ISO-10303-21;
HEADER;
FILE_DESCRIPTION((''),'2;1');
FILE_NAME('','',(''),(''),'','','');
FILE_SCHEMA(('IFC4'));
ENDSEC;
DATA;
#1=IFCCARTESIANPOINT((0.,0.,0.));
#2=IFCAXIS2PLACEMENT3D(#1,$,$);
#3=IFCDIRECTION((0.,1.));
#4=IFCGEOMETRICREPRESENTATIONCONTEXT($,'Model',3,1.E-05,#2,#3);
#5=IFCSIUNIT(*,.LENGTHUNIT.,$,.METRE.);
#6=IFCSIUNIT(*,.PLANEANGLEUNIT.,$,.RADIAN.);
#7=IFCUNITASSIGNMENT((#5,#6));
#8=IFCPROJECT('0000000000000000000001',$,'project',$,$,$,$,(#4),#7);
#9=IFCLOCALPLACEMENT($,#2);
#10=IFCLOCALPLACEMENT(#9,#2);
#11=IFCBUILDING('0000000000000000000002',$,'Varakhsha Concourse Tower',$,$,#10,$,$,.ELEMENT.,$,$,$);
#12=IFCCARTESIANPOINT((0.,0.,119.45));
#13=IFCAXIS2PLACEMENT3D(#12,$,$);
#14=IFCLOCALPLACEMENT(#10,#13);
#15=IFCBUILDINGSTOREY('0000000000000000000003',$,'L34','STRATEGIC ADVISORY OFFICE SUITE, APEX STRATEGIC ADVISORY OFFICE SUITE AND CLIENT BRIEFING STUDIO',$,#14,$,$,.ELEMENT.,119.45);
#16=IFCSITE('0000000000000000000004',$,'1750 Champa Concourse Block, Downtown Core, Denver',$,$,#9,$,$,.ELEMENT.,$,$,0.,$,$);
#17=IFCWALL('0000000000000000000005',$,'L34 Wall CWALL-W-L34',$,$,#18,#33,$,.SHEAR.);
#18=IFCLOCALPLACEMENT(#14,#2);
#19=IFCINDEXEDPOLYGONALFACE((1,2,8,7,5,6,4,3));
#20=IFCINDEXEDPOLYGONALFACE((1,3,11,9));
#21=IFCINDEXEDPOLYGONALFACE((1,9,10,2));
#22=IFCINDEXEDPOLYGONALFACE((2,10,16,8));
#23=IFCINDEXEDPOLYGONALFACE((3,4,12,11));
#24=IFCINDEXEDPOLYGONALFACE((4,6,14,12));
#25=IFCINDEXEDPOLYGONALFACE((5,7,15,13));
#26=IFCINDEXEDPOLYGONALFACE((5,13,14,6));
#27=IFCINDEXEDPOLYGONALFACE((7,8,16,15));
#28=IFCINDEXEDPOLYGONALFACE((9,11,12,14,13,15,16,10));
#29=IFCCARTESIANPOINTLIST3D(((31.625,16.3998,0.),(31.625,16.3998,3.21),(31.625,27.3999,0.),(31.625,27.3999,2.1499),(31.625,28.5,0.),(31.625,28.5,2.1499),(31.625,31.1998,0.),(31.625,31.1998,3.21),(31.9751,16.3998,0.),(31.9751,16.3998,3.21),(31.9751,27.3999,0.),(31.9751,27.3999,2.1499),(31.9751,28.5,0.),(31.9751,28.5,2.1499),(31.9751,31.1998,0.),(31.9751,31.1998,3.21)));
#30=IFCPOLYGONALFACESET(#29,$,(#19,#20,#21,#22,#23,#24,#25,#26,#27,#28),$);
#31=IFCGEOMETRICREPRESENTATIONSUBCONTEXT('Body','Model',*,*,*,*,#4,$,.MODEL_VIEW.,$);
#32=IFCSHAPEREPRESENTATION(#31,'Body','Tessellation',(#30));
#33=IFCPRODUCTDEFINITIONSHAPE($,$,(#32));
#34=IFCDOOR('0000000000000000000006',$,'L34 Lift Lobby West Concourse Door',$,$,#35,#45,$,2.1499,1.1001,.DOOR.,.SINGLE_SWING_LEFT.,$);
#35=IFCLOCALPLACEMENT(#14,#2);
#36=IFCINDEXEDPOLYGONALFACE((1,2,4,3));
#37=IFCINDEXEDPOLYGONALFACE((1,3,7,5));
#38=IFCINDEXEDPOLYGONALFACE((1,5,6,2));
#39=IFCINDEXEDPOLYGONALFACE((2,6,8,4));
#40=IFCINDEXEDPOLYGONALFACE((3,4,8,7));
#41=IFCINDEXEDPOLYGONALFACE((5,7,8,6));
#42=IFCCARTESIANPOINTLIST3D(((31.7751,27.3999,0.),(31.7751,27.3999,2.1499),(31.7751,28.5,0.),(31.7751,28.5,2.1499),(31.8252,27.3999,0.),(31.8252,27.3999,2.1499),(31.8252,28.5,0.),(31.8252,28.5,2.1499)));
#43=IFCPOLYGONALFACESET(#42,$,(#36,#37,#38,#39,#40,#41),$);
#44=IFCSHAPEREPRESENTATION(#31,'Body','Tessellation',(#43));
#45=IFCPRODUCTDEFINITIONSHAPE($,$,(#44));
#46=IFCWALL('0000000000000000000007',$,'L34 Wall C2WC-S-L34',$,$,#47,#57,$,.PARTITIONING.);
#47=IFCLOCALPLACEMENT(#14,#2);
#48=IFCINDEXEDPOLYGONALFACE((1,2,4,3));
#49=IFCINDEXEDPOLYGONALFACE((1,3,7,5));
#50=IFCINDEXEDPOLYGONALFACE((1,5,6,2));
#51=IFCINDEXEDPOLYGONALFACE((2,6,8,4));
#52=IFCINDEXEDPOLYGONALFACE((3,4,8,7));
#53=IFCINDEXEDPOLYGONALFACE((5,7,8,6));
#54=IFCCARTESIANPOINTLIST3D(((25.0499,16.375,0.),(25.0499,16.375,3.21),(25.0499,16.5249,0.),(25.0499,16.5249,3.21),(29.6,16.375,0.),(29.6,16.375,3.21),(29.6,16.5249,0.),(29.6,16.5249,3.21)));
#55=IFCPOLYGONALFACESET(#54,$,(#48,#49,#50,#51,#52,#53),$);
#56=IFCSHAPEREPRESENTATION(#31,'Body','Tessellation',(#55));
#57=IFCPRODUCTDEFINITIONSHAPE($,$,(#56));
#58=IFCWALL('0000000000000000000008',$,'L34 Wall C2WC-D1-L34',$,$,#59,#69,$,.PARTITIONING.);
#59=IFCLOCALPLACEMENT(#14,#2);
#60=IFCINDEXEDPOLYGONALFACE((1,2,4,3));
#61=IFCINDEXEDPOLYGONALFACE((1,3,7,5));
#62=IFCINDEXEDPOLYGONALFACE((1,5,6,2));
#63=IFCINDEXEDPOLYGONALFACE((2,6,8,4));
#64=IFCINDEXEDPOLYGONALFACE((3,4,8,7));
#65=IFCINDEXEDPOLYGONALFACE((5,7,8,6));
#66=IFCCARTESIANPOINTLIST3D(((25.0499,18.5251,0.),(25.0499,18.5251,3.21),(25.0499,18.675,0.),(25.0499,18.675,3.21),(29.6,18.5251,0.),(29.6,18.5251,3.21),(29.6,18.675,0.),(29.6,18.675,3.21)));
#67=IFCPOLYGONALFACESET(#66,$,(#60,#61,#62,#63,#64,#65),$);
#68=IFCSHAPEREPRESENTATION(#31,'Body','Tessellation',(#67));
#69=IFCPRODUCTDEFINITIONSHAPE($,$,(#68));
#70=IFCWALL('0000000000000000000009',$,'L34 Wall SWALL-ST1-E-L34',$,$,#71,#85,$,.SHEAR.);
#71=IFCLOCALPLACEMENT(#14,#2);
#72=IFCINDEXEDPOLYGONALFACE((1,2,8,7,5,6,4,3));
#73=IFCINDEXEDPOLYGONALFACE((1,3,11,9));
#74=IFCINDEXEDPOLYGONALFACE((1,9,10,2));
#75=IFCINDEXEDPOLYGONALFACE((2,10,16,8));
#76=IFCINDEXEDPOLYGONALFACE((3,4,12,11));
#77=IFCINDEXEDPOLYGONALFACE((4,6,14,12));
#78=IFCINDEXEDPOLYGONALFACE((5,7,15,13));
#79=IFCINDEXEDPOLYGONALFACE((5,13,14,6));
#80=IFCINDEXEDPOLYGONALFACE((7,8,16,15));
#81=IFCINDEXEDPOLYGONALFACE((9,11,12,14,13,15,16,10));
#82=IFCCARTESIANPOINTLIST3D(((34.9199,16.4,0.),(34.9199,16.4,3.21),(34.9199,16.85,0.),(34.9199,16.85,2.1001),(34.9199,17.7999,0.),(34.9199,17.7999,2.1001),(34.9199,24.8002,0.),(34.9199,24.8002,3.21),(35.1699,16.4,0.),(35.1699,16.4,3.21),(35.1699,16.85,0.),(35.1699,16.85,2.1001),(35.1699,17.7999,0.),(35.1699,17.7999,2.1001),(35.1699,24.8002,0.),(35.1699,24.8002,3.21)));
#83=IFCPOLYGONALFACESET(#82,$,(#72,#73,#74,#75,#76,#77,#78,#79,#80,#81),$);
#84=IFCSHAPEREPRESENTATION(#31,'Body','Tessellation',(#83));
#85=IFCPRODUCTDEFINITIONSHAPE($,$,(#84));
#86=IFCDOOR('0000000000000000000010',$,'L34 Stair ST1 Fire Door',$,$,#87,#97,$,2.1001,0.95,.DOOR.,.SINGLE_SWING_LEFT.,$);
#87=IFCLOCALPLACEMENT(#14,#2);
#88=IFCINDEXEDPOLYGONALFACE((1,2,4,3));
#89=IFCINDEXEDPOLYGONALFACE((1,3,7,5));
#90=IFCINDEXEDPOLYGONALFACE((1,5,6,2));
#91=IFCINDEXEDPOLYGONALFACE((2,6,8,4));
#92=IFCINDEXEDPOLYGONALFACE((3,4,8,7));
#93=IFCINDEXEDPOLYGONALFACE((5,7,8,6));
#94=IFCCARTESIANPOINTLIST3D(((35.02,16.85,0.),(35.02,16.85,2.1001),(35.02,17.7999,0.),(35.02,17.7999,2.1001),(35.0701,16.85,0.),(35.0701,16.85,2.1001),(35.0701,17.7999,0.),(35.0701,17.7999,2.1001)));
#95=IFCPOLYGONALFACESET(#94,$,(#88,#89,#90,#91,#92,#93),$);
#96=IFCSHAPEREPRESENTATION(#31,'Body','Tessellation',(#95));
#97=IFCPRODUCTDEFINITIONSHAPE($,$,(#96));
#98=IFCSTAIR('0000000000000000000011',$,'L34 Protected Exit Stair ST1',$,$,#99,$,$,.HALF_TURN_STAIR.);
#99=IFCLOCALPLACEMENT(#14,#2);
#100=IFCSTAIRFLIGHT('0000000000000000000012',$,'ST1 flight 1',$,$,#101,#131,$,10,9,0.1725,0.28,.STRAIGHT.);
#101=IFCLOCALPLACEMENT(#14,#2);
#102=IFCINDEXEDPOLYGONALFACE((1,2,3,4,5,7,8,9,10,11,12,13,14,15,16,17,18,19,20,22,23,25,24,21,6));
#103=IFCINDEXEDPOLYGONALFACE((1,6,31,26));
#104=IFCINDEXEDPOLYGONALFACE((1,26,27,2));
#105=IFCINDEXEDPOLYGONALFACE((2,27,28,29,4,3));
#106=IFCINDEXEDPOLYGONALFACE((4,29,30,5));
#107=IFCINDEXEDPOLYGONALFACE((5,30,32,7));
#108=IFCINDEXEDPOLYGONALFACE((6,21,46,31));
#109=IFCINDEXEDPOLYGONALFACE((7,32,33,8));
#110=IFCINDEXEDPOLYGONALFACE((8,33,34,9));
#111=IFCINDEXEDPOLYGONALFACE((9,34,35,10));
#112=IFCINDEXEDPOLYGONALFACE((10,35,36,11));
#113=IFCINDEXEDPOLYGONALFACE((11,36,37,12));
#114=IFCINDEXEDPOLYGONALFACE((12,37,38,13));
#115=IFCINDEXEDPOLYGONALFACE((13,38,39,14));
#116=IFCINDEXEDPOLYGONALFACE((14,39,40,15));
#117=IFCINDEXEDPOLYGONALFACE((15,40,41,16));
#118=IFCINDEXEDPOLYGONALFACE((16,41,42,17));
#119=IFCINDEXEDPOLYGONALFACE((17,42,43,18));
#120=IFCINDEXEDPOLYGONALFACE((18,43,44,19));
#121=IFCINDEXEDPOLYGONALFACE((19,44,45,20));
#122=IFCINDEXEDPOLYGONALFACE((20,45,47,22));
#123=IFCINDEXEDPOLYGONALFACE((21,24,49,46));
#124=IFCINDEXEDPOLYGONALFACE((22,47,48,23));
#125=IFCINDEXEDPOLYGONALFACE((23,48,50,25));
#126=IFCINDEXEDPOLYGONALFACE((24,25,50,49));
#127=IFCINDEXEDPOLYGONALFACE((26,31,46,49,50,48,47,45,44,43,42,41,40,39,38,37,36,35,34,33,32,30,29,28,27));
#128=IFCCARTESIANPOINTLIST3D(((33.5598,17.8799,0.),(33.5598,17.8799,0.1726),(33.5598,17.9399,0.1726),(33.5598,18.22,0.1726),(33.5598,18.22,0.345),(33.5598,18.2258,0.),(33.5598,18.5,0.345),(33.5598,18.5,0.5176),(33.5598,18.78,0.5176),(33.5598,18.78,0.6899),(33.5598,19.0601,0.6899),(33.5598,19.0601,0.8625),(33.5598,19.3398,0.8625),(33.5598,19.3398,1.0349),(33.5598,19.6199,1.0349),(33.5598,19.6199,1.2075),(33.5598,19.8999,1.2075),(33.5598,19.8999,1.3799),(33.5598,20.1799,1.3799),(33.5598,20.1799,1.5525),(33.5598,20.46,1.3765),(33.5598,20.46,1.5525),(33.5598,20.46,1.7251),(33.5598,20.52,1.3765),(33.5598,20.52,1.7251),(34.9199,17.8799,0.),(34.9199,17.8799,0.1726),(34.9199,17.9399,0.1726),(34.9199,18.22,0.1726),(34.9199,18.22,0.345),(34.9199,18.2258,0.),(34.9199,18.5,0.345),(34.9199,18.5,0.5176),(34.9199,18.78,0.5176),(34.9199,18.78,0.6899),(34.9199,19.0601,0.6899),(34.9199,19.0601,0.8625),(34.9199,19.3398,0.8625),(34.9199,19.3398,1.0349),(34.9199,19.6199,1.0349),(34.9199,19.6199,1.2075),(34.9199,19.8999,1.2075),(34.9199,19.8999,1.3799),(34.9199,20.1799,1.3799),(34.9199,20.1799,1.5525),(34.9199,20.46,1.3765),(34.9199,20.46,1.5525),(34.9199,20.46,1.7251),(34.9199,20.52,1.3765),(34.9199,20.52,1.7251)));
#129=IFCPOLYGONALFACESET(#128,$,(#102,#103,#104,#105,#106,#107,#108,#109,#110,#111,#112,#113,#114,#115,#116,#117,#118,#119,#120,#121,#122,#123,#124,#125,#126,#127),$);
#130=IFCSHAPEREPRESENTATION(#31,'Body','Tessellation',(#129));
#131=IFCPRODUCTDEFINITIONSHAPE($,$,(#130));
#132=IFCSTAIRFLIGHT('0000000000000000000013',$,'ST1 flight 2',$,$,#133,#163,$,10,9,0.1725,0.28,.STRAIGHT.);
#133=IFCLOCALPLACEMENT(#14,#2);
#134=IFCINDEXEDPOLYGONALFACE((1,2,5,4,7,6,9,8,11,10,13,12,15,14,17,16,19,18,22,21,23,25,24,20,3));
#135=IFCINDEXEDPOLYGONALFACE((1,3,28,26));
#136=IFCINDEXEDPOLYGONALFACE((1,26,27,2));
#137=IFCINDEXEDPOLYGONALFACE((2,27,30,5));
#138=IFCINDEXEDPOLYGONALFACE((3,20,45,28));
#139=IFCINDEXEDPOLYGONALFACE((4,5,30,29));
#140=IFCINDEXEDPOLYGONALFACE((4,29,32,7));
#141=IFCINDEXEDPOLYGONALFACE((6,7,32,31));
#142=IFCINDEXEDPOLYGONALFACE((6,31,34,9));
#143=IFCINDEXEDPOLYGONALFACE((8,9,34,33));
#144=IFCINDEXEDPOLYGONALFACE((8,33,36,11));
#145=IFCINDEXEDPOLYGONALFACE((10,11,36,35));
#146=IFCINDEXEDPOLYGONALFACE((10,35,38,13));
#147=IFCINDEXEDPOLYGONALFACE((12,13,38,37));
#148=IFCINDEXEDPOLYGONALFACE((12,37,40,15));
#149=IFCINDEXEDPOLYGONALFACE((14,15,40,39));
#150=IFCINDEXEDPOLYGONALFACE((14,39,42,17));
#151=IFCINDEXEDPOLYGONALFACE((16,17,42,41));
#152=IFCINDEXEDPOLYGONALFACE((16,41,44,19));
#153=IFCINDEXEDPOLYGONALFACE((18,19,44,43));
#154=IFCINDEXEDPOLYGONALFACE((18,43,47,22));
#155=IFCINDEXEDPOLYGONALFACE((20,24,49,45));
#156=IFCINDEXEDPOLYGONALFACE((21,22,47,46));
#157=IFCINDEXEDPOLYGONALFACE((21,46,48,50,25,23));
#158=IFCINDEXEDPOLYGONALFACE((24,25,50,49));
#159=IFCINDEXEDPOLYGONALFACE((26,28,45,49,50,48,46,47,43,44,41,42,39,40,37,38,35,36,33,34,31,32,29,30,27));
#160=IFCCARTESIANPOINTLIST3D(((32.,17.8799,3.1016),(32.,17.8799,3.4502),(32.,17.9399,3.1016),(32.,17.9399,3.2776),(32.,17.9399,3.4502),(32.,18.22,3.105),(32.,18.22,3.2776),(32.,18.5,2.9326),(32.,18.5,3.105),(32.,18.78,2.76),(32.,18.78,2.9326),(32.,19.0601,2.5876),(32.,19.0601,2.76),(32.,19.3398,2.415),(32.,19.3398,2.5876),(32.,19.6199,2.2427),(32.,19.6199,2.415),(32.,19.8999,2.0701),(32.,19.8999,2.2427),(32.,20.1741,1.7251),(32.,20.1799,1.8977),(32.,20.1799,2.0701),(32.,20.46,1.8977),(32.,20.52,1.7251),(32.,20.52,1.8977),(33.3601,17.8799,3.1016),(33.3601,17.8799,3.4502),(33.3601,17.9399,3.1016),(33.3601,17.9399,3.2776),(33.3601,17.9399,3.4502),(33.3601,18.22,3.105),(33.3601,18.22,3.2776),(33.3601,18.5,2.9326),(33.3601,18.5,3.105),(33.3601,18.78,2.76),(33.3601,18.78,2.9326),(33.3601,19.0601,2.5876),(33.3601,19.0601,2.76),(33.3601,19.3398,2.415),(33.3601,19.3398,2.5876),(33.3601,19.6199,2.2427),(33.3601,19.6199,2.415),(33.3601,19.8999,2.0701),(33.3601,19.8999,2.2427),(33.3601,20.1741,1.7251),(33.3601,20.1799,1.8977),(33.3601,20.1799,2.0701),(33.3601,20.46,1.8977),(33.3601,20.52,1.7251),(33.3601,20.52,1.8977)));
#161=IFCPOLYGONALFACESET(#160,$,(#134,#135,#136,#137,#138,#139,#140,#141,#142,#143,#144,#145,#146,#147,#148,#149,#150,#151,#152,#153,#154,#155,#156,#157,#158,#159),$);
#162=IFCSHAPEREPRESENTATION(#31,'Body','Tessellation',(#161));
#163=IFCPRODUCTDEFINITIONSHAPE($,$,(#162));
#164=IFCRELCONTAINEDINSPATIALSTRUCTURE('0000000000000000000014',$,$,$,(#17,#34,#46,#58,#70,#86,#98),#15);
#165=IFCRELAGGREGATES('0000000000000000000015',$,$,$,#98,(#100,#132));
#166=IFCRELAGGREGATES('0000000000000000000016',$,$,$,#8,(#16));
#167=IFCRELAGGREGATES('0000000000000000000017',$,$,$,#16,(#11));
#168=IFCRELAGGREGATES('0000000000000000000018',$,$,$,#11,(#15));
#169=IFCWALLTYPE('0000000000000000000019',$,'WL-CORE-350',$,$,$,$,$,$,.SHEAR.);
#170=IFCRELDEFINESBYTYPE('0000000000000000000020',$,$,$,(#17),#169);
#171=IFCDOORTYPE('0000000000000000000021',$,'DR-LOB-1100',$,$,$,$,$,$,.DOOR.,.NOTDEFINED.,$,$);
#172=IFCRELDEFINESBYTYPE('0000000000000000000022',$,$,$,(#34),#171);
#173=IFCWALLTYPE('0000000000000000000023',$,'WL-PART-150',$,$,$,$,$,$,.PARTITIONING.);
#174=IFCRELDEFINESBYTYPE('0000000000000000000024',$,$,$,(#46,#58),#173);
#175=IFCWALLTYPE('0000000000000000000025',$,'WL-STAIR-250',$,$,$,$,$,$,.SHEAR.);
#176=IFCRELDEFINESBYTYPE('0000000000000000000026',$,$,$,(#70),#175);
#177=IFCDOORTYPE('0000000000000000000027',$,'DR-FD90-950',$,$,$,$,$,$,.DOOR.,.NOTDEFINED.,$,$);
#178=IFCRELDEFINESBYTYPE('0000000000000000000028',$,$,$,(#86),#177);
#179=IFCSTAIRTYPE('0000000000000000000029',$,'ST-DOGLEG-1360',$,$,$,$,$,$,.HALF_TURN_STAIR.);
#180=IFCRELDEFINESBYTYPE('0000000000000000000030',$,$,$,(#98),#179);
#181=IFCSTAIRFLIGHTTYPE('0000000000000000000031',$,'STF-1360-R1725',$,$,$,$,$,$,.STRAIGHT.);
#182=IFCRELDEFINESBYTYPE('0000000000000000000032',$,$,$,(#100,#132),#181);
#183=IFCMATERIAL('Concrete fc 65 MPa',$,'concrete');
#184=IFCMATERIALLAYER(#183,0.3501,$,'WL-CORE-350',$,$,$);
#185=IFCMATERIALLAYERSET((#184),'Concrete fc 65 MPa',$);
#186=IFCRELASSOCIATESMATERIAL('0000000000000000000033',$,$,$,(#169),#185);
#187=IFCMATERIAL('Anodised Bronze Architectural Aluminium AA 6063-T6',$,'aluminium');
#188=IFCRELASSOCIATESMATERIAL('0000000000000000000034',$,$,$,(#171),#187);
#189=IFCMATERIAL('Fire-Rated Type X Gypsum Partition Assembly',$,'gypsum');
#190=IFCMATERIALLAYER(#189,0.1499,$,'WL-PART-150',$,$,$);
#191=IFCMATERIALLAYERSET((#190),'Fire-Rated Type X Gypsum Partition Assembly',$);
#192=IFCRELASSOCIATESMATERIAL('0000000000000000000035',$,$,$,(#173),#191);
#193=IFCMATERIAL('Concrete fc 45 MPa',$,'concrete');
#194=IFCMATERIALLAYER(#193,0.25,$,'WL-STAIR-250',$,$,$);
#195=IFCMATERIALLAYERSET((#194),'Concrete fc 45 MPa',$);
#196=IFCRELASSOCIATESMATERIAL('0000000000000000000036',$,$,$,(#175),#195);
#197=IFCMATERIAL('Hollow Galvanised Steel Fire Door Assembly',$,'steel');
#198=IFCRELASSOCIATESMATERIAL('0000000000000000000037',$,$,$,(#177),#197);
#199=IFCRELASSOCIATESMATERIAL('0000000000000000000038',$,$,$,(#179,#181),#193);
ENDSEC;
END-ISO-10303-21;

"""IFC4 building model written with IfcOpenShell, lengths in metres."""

from ifc_helpers import new_model, si_unit, direction, frame, frame_2d, origin, place, context, subcontext, project, spatial, polyline, rectangle, outline, extrude, material, layer, layer_set, type_object, element, fill, aggregate, save


model = new_model("IFC4")

# Units and contexts
model_context = context("Model", 3, precision=1e-05, world=origin(), true_north=direction((0.0, 1.0)))
body_context = subcontext(model_context, "Body", "Model", "MODEL_VIEW")
ifc_project = project(units=[si_unit("LENGTHUNIT", "METRE"), si_unit("PLANEANGLEUNIT", "RADIAN")], contexts=[model_context])

# Site, building, storey
site_placement = place(None, origin())
site = spatial("IfcSite", under=ifc_project, at=site_placement, Name="1750 Champa Concourse Block, Downtown Core, Denver", CompositionType="ELEMENT", RefElevation=0.0)
building_placement = place(site_placement, origin())
building = spatial("IfcBuilding", under=site, at=building_placement, Name="Varakhsha Concourse Tower", CompositionType="ELEMENT")
storey_placement = place(building_placement, frame((0.0, 0.0, 119.45)))
storey = spatial("IfcBuildingStorey", under=building, at=storey_placement, Name="L34", Description="STRATEGIC ADVISORY OFFICE SUITE, APEX STRATEGIC ADVISORY OFFICE SUITE AND CLIENT BRIEFING STUDIO", CompositionType="ELEMENT", Elevation=119.45)

# Shared definitions
ifc_material_1 = material(Name="Concrete fc 65 MPa", Category="concrete")

# Shared definitions
ifc_layer_1 = layer(ifc_material_1, 0.3501, Name="WL-CORE-350")
ifc_layer_set_1 = layer_set([ifc_layer_1], Name="Concrete fc 65 MPa")
wall_type_1 = type_object("IfcWallType", Name="WL-CORE-350", PredefinedType="SHEAR", material=ifc_layer_set_1)
ifc_material_2 = material(Name="Hollow Galvanised Steel Fire Door Assembly", Category="steel")

# Wall, opening, door
wall_1_placement = place(storey_placement, frame((31.8, 16.3999, 0.0), z_axis=(0.0, 0.0, 1.0), x_axis=(0.0, 1.0, 0.0)))
wall_1 = element("IfcWall", 1, at=wall_1_placement, inside=storey, type_object=wall_type_1, Name="L34 Wall CWALL-W-L34", PredefinedType="SHEAR", context=body_context, shape_type="SweptSolid", body=[
    extrude(rectangle(XDim=14.8, YDim=0.3501, at=frame_2d((7.3999, 0.0))), origin(), (0.0, 0.0, 1.0), 3.21),
])
opening_1_placement = place(wall_1_placement, frame((11.0, 0.0, 0.0)))
opening_1 = element("IfcOpeningElement", 2, at=opening_1_placement, cuts=wall_1, PredefinedType="OPENING", context=body_context, shape_type="SweptSolid", body=[
    extrude(rectangle(XDim=1.1001, YDim=2.1499, at=frame_2d((0.55, 1.075))), frame((0.0, 0.1851, 0.0), z_axis=(0.0, -1.0, 0.0), x_axis=(1.0, 0.0, 0.0)), (0.0, 0.0, 1.0), 0.3701),
])
ifc_material_3 = material(Name="Anodised Bronze Architectural Aluminium AA 6063-T6", Category="aluminium")
door_type_1 = type_object("IfcDoorType", Name="DR-LOB-1100", OperationType="NOTDEFINED", PredefinedType="DOOR", material=ifc_material_3)
door_1_placement = place(opening_1_placement, origin())
door_1 = element("IfcDoor", 3, at=door_1_placement, inside=storey, type_object=door_type_1, Name="L34 Lift Lobby West Concourse Door", OperationType="SINGLE_SWING_LEFT", OverallHeight=2.1499, OverallWidth=1.1001, PredefinedType="DOOR", context=body_context, shape_type="SweptSolid", body=[
    extrude(rectangle(XDim=1.1001, YDim=2.1499, at=frame_2d((0.55, 1.075))), frame((0.0, 0.0249, 0.0), z_axis=(0.0, -1.0, 0.0), x_axis=(1.0, 0.0, 0.0)), (0.0, 0.0, 1.0), 0.05),
])
fill(opening_1, door_1)

# Walls
ifc_material_4 = material(Name="Fire-Rated Type X Gypsum Partition Assembly", Category="gypsum")
ifc_layer_2 = layer(ifc_material_4, 0.1499, Name="WL-PART-150")
ifc_layer_set_2 = layer_set([ifc_layer_2], Name="Fire-Rated Type X Gypsum Partition Assembly")
wall_type_2 = type_object("IfcWallType", Name="WL-PART-150", PredefinedType="PARTITIONING", material=ifc_layer_set_2)
for number, where, z_axis, x_axis, name in (
    (4, (25.05, 16.45, 0.0), (0.0, 0.0, 1.0), (1.0, 0.0, 0.0), "L34 Wall C2WC-S-L34"),
    (5, (25.05, 18.6001, 0.0), (0.0, 0.0, 1.0), (1.0, 0.0, 0.0), "L34 Wall C2WC-D1-L34"),
):
    element("IfcWall", number, at=place(storey_placement, frame(where, z_axis=z_axis, x_axis=x_axis)), inside=storey, type_object=wall_type_2, Name=name, PredefinedType="PARTITIONING", context=body_context, shape_type="SweptSolid", body=[
        extrude(rectangle(XDim=4.55, YDim=0.1499, at=frame_2d((2.2749, 0.0))), origin(), (0.0, 0.0, 1.0), 3.21),
    ])

# Wall, opening, door
ifc_material_5 = material(Name="Concrete fc 45 MPa", Category="concrete")
ifc_layer_3 = layer(ifc_material_5, 0.25, Name="WL-STAIR-250")
ifc_layer_set_3 = layer_set([ifc_layer_3], Name="Concrete fc 45 MPa")
wall_type_3 = type_object("IfcWallType", Name="WL-STAIR-250", PredefinedType="SHEAR", material=ifc_layer_set_3)
wall_2_placement = place(storey_placement, frame((35.0449, 16.3999, 0.0), z_axis=(0.0, 0.0, 1.0), x_axis=(0.0, 1.0, 0.0)))
wall_2 = element("IfcWall", 6, at=wall_2_placement, inside=storey, type_object=wall_type_3, Name="L34 Wall SWALL-ST1-E-L34", PredefinedType="SHEAR", context=body_context, shape_type="SweptSolid", body=[
    extrude(rectangle(XDim=8.4001, YDim=0.25, at=frame_2d((4.2002, 0.0))), origin(), (0.0, 0.0, 1.0), 3.21),
])
opening_2_placement = place(wall_2_placement, frame((0.45, 0.0, 0.0)))
opening_2 = element("IfcOpeningElement", 7, at=opening_2_placement, cuts=wall_2, PredefinedType="OPENING", context=body_context, shape_type="SweptSolid", body=[
    extrude(rectangle(XDim=0.95, YDim=2.1001, at=frame_2d((0.4751, 1.05))), frame((0.0, 0.135, 0.0), z_axis=(0.0, -1.0, 0.0), x_axis=(1.0, 0.0, 0.0)), (0.0, 0.0, 1.0), 0.27),
])
door_type_2 = type_object("IfcDoorType", Name="DR-FD90-950", OperationType="NOTDEFINED", PredefinedType="DOOR", material=ifc_material_2)
door_2_placement = place(opening_2_placement, origin())
door_2 = element("IfcDoor", 8, at=door_2_placement, inside=storey, type_object=door_type_2, Name="L34 Stair ST1 Fire Door", OperationType="SINGLE_SWING_LEFT", OverallHeight=2.1001, OverallWidth=0.95, PredefinedType="DOOR", context=body_context, shape_type="SweptSolid", body=[
    extrude(rectangle(XDim=0.95, YDim=2.1001, at=frame_2d((0.4751, 1.05))), frame((0.0, 0.0249, 0.0), z_axis=(0.0, -1.0, 0.0), x_axis=(1.0, 0.0, 0.0)), (0.0, 0.0, 1.0), 0.05),
])
fill(opening_2, door_2)

# Stair, stair flights
stair_type = type_object("IfcStairType", Name="ST-DOGLEG-1360", PredefinedType="HALF_TURN_STAIR", material=ifc_material_5)
stair_placement = place(storey_placement, origin())
stair = element("IfcStair", 9, at=stair_placement, inside=storey, type_object=stair_type, Name="L34 Protected Exit Stair ST1", PredefinedType="HALF_TURN_STAIR")
stair_flight_type = type_object("IfcStairFlightType", Name="STF-1360-R1725", PredefinedType="STRAIGHT", material=ifc_material_5)
stair_flight_1_placement = place(storey_placement, frame((34.24, 17.9399, 0.0), z_axis=(0.0, 0.0, 1.0), x_axis=(0.0, 1.0, 0.0)))
stair_flight_1 = element("IfcStairFlight", 10, at=stair_flight_1_placement, type_object=stair_flight_type, Name="ST1 flight 1", NumberOfRisers=10, NumberOfTreads=9, PredefinedType="STRAIGHT", RiserHeight=0.1725, TreadLength=0.28, context=body_context, shape_type="SweptSolid", body=[
    extrude(outline(polyline([(-0.0601, 0.0), (-0.0601, 0.1726), (0.0, 0.1726), (0.28, 0.1726), (0.28, 0.345), (0.5601, 0.345), (0.5601, 0.5176), (0.8401, 0.5176), (0.8401, 0.6899), (1.1201, 0.6899), (1.1201, 0.8625), (1.3999, 0.8625), (1.3999, 1.0349), (1.6799, 1.0349), (1.6799, 1.2075), (1.96, 1.2075), (1.96, 1.3799), (2.24, 1.3799), (2.24, 1.5525), (2.52, 1.5525), (2.52, 1.7251), (2.5801, 1.7251), (2.5801, 1.3765), (2.52, 1.3765), (0.2859, 0.0), (-0.0601, 0.0)])), frame((0.0, 0.6802, 0.0), z_axis=(0.0, -1.0, 0.0), x_axis=(1.0, 0.0, 0.0)), (0.0, 0.0, 1.0), 1.3601),
])
stair_flight_2_placement = place(storey_placement, frame((32.6799, 20.46, 1.7251), z_axis=(0.0, 0.0, 1.0), x_axis=(0.0, -1.0, 0.0)))
stair_flight_2 = element("IfcStairFlight", 11, at=stair_flight_2_placement, type_object=stair_flight_type, Name="ST1 flight 2", NumberOfRisers=10, NumberOfTreads=9, PredefinedType="STRAIGHT", RiserHeight=0.1725, TreadLength=0.28, context=body_context, shape_type="SweptSolid", body=[
    extrude(outline(polyline([(-0.0601, 0.0), (-0.0601, 0.1726), (0.0, 0.1726), (0.28, 0.1726), (0.28, 0.345), (0.5601, 0.345), (0.5601, 0.5176), (0.8401, 0.5176), (0.8401, 0.6899), (1.1201, 0.6899), (1.1201, 0.8625), (1.3999, 0.8625), (1.3999, 1.0349), (1.6799, 1.0349), (1.6799, 1.2075), (1.96, 1.2075), (1.96, 1.3799), (2.24, 1.3799), (2.24, 1.5525), (2.52, 1.5525), (2.52, 1.7251), (2.5801, 1.7251), (2.5801, 1.3765), (2.52, 1.3765), (0.2859, 0.0), (-0.0601, 0.0)])), frame((0.0, 0.6802, 0.0), z_axis=(0.0, -1.0, 0.0), x_axis=(1.0, 0.0, 0.0)), (0.0, 0.0, 1.0), 1.3601),
])
aggregate(stair, [stair_flight_1, stair_flight_2])

save(model, "model.ifc")
